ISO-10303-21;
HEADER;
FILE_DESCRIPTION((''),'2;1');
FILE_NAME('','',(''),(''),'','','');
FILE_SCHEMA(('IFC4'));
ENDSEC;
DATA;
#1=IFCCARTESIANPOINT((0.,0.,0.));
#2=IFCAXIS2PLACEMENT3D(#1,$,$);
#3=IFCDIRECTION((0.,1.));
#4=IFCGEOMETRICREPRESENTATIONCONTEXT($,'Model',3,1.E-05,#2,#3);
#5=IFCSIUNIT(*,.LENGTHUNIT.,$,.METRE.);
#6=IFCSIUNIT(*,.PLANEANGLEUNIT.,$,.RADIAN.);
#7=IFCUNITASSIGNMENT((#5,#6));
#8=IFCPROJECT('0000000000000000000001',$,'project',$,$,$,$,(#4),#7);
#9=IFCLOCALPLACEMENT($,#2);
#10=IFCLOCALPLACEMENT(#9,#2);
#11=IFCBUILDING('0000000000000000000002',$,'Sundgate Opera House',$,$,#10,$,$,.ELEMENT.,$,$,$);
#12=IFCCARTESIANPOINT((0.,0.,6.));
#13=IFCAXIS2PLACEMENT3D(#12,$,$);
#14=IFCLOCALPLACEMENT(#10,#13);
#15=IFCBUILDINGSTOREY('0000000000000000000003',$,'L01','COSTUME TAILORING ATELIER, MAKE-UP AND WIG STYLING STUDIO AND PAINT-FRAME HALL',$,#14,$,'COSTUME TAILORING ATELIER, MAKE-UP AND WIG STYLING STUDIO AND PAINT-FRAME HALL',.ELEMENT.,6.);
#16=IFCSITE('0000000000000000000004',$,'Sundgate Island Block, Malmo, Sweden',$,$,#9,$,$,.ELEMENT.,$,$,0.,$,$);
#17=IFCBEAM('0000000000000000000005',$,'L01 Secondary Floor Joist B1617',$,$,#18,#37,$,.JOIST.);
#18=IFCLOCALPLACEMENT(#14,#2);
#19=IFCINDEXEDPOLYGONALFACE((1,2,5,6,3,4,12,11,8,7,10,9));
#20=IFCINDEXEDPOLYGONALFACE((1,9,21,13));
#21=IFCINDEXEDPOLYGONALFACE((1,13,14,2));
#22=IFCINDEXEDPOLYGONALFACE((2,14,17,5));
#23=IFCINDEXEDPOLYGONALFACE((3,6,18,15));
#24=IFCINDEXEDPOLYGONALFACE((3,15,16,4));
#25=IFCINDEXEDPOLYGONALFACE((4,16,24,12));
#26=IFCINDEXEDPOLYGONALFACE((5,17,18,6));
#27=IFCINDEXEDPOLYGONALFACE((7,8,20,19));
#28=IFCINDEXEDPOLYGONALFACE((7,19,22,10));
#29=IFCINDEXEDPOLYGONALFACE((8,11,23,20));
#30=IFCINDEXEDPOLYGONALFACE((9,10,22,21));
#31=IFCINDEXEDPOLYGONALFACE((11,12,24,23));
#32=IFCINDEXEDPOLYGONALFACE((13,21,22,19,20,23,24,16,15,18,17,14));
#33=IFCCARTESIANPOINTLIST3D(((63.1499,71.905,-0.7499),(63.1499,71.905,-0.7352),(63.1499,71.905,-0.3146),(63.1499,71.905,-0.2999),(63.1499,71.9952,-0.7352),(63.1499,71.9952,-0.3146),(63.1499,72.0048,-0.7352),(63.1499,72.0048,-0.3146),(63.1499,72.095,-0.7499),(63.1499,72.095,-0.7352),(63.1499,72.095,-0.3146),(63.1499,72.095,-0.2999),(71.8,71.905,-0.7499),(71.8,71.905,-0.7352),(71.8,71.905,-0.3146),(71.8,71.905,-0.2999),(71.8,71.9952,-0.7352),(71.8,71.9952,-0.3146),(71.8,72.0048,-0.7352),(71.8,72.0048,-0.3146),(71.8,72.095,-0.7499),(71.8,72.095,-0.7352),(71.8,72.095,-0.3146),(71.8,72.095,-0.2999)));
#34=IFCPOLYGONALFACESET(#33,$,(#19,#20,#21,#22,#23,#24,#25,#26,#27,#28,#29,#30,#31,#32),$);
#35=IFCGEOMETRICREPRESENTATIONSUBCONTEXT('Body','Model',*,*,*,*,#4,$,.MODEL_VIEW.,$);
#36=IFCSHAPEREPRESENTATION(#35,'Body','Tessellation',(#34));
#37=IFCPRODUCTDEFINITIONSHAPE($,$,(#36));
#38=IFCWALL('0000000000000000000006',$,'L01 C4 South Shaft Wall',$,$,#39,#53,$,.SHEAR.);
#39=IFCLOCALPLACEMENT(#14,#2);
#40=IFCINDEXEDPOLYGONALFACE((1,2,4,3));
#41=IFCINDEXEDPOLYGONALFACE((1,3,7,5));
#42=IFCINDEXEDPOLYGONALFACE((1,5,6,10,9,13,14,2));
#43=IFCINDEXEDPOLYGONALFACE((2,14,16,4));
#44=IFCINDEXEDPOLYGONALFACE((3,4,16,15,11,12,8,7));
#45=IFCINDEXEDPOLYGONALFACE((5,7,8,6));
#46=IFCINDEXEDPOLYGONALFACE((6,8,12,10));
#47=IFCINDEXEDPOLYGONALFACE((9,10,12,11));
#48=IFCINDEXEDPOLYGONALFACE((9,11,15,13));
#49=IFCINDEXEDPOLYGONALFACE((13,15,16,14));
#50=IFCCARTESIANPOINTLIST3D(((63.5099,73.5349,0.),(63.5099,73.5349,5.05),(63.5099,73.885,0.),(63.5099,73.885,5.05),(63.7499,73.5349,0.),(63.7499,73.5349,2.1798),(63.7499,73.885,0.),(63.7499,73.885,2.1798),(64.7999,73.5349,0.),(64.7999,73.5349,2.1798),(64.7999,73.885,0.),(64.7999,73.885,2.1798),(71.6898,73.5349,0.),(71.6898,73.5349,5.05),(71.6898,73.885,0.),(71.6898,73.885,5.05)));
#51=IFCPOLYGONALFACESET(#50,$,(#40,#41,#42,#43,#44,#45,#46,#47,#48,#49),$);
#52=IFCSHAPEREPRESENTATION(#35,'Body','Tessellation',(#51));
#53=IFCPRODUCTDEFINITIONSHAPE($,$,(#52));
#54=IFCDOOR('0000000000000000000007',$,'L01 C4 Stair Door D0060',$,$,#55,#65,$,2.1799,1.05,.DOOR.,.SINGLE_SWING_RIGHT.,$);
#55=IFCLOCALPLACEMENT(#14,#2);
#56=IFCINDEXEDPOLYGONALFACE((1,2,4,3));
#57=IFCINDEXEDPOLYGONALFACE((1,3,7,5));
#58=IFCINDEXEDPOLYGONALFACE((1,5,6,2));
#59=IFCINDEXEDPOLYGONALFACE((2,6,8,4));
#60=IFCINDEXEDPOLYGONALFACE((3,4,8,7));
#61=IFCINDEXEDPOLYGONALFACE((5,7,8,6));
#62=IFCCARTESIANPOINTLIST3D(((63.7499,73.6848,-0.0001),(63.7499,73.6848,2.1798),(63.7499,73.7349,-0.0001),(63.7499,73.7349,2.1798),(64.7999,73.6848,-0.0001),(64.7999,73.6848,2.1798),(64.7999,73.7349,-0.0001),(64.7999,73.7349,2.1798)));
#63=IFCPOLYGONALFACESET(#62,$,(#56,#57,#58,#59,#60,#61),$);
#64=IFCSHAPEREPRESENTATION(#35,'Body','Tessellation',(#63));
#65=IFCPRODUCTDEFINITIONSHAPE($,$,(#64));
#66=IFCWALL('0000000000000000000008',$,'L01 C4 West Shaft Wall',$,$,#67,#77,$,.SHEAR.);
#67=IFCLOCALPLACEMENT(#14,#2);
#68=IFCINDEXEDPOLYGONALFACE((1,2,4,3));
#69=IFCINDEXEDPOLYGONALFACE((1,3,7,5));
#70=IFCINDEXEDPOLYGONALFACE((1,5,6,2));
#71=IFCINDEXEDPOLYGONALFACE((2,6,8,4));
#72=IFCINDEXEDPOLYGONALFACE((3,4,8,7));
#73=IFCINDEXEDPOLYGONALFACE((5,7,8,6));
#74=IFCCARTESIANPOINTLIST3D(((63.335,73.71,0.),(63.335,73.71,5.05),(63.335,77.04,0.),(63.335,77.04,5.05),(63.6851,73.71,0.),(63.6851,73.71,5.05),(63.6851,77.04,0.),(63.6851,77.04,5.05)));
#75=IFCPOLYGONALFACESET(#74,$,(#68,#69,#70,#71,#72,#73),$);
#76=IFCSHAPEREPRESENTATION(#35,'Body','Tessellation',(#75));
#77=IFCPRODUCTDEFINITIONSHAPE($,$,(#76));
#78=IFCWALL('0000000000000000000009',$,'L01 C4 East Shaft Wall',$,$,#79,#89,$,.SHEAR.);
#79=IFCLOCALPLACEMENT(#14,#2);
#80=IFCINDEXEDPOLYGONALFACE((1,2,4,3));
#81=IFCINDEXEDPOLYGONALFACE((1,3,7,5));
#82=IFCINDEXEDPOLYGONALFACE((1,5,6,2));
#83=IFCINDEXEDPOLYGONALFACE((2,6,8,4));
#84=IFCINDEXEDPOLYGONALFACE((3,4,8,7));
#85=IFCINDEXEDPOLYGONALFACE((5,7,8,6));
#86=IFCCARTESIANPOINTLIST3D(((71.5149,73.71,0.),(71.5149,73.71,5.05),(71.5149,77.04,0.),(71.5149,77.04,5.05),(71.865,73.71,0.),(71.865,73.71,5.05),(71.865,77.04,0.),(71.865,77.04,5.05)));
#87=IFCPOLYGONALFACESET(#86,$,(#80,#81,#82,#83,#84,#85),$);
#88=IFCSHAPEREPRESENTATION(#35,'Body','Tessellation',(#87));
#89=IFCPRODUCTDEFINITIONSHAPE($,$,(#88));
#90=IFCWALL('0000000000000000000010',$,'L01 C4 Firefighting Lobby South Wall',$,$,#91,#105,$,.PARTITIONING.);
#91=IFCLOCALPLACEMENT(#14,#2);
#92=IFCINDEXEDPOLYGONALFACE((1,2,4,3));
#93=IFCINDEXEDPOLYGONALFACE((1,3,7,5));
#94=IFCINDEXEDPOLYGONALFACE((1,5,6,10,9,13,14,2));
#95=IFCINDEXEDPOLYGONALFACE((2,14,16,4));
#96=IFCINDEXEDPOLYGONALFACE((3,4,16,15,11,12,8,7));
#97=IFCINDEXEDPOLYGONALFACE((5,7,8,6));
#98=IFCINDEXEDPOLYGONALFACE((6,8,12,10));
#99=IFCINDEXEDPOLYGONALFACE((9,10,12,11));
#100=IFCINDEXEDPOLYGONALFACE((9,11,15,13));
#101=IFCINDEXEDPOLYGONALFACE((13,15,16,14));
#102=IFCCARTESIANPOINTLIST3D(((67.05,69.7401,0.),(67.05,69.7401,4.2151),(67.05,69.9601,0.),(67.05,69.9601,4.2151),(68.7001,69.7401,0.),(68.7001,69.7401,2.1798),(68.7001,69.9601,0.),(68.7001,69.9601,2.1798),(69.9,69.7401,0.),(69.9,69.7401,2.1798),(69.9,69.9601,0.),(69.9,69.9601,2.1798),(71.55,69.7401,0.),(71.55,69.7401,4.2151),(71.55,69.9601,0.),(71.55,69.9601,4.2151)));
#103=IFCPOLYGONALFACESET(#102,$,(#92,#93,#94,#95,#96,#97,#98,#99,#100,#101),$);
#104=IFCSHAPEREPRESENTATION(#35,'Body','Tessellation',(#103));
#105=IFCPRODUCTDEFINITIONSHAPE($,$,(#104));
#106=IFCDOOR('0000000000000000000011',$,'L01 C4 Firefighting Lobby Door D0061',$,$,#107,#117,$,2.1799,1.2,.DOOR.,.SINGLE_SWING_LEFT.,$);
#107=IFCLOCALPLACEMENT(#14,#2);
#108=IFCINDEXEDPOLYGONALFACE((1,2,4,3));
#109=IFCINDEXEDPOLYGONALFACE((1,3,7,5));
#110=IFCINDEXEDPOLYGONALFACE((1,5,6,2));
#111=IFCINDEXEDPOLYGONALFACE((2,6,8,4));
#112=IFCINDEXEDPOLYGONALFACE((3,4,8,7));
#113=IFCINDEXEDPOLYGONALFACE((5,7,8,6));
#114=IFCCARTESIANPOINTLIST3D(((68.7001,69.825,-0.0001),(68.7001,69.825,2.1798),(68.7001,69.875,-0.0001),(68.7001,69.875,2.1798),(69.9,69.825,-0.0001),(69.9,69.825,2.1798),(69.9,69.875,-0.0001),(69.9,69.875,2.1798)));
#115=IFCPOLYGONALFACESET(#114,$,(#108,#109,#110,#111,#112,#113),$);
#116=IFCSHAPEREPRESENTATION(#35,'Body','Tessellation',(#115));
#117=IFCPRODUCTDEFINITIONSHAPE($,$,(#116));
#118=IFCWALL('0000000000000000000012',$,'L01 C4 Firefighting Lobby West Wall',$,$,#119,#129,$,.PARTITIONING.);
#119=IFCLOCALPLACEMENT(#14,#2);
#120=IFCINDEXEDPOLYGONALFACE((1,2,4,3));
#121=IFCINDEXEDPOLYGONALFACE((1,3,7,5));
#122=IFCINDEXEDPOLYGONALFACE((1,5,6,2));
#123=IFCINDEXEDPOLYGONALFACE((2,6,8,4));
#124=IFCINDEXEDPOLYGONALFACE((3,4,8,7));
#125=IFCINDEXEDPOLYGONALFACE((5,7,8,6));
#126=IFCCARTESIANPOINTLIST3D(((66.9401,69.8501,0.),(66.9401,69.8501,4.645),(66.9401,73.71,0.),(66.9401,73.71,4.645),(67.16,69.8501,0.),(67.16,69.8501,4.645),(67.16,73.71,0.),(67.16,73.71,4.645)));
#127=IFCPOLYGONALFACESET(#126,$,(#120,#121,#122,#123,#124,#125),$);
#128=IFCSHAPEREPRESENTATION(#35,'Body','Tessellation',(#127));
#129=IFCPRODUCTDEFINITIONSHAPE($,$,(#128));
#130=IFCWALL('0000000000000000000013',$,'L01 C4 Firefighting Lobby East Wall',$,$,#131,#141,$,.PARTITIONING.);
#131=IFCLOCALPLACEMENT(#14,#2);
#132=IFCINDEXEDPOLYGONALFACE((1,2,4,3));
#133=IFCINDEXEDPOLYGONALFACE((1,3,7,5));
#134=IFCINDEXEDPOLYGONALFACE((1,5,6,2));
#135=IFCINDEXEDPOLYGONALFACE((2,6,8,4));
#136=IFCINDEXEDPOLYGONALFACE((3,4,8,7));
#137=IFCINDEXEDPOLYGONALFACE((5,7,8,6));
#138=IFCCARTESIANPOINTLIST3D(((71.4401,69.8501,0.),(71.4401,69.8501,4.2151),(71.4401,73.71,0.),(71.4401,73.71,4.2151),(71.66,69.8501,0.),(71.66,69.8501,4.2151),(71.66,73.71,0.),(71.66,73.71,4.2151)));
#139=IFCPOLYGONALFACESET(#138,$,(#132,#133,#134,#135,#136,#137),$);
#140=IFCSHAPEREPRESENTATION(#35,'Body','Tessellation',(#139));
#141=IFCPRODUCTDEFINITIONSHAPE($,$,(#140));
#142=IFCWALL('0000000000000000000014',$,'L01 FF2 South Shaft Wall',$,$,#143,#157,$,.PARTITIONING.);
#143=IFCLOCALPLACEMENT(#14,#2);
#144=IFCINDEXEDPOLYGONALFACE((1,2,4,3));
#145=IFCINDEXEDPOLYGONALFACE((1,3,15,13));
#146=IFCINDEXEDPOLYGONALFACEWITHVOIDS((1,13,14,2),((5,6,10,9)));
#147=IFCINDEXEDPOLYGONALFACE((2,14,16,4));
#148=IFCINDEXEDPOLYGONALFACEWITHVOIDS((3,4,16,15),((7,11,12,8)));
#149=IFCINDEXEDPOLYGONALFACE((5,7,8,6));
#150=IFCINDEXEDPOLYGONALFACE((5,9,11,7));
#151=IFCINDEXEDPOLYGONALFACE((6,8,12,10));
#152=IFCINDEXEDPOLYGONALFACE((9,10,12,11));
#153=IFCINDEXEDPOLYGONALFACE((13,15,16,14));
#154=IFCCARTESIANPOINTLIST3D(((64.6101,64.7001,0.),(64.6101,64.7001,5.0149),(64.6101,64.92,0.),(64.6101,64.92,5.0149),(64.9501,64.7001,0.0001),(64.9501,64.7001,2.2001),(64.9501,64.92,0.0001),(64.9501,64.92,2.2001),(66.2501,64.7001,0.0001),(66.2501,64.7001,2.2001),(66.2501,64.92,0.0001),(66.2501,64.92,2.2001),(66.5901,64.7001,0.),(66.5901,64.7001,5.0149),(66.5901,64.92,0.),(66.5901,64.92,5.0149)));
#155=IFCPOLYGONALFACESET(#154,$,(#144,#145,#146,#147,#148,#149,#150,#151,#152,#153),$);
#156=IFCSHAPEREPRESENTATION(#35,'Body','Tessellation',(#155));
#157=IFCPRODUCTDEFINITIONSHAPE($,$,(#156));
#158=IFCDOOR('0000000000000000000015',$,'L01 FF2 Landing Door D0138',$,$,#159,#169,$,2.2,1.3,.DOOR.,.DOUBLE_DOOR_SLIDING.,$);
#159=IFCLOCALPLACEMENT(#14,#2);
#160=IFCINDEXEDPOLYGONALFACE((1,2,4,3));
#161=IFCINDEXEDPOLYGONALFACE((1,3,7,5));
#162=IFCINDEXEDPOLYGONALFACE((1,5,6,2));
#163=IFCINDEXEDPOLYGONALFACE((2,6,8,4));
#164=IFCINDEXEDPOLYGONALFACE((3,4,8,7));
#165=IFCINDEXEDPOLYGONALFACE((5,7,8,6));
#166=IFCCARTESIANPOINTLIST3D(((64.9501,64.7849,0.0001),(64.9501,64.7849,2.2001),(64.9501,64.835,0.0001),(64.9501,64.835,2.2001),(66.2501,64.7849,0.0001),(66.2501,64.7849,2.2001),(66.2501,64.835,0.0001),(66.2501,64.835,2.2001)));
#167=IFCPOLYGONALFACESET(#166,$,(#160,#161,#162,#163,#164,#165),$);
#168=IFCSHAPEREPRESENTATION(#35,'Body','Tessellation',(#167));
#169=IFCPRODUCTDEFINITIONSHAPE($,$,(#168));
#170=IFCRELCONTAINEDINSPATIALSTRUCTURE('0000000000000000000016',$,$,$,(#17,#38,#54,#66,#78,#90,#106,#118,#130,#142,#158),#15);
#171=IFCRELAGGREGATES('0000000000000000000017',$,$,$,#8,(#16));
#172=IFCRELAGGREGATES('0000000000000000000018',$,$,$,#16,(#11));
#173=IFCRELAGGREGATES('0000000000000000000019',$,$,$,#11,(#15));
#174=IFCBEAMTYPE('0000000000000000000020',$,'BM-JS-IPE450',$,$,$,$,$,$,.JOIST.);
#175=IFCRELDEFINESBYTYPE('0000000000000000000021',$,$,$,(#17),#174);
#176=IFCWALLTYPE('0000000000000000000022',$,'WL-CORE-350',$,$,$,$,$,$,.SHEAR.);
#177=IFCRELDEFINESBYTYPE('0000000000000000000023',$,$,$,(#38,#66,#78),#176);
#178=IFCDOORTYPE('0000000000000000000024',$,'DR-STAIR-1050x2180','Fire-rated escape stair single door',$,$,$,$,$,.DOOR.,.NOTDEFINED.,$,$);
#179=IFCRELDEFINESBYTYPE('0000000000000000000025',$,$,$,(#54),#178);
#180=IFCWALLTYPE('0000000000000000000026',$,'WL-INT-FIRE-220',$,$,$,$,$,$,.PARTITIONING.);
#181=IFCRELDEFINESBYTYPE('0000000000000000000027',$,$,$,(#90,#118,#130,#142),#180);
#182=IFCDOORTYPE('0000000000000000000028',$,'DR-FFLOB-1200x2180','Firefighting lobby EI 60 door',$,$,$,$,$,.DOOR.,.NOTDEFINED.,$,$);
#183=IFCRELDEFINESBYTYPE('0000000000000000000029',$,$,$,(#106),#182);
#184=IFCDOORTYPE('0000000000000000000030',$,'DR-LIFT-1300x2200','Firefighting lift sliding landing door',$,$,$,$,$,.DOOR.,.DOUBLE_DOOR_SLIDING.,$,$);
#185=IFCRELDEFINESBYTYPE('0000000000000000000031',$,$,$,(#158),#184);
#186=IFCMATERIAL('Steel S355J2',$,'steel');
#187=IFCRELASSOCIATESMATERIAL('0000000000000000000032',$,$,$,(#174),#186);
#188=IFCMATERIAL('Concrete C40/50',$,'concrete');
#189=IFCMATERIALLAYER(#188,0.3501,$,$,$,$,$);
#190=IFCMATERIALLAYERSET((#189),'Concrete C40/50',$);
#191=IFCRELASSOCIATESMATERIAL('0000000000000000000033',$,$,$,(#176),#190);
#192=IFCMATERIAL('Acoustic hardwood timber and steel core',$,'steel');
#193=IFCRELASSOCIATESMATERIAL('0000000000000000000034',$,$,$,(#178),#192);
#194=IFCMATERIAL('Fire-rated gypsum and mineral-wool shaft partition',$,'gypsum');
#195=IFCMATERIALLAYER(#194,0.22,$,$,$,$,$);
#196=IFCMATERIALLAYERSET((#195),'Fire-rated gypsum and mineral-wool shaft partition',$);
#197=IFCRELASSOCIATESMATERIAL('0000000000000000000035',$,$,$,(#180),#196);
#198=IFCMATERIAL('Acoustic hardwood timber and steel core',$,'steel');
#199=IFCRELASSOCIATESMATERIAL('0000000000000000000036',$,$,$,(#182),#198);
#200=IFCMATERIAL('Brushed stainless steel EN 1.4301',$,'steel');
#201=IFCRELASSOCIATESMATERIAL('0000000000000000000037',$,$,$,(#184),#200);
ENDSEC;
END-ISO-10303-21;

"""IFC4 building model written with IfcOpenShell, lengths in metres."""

from ifc_helpers import new_model, si_unit, direction, frame, frame_2d, origin, origin_2d, place, context, subcontext, project, spatial, rectangle, i_section, extrude, material, layer, layer_set, material_profile, profile_set, type_object, element, fill, save


model = new_model("IFC4")

# Units and contexts
model_context = context("Model", 3, precision=1e-05, world=origin(), true_north=direction((0.0, 1.0)))
body_context = subcontext(model_context, "Body", "Model", "MODEL_VIEW")
ifc_project = project(units=[si_unit("LENGTHUNIT", "METRE"), si_unit("PLANEANGLEUNIT", "RADIAN")], contexts=[model_context])

# Site, building, storey
site_placement = place(None, origin())
site = spatial("IfcSite", under=ifc_project, at=site_placement, Name="Sundgate Island Block, Malmo, Sweden", CompositionType="ELEMENT", RefElevation=0.0)
building_placement = place(site_placement, origin())
building = spatial("IfcBuilding", under=site, at=building_placement, Name="Sundgate Opera House", CompositionType="ELEMENT")
storey_placement = place(building_placement, frame((0.0, 0.0, 6.0)))
storey = spatial("IfcBuildingStorey", under=building, at=storey_placement, Name="L01", Description="COSTUME TAILORING ATELIER, MAKE-UP AND WIG STYLING STUDIO AND PAINT-FRAME HALL", LongName="COSTUME TAILORING ATELIER, MAKE-UP AND WIG STYLING STUDIO AND PAINT-FRAME HALL", CompositionType="ELEMENT", Elevation=6.0)

# Beam
ifc_material_1 = material(Name="Steel S355J2", Category="steel")
ifc_material_profile_1 = material_profile(ifc_material_1, i_section(OverallWidth=0.1899, OverallDepth=0.45, WebThickness=0.0095, FlangeThickness=0.0146, at=origin_2d()), Name="IPE 450")
ifc_profile_set_1 = profile_set([ifc_material_profile_1], Name="Steel S355J2")
beam_type_1 = type_object("IfcBeamType", Name="BM-JS-IPE450", PredefinedType="JOIST", material=ifc_profile_set_1)
beam_1_placement = place(storey_placement, frame((63.1499, 72.0, -0.5249), z_axis=(1.0, 0.0, 0.0), x_axis=(0.0, 1.0, 0.0)))
element("IfcBeam", 1, at=beam_1_placement, inside=storey, type_object=beam_type_1, Name="L01 Secondary Floor Joist B1617", PredefinedType="JOIST", context=body_context, shape_type="SweptSolid", body=[
    extrude(i_section(OverallWidth=0.1899, OverallDepth=0.45, WebThickness=0.0095, FlangeThickness=0.0146, at=origin_2d()), origin(), (0.0, 0.0, 1.0), 8.6501),
])

# Wall, opening, door
ifc_material_2 = material(Name="Concrete C40/50", Category="concrete")
ifc_layer_1 = layer(ifc_material_2, 0.3501)
ifc_layer_set_1 = layer_set([ifc_layer_1], Name="Concrete C40/50")
wall_type_1 = type_object("IfcWallType", Name="WL-CORE-350", PredefinedType="SHEAR", material=ifc_layer_set_1)
wall_1_placement = place(storey_placement, frame((63.51, 73.71, 0.0), z_axis=(0.0, 0.0, 1.0), x_axis=(1.0, 0.0, 0.0)))
wall_1 = element("IfcWall", 2, at=wall_1_placement, inside=storey, type_object=wall_type_1, Name="L01 C4 South Shaft Wall", PredefinedType="SHEAR", context=body_context, shape_type="SweptSolid", body=[
    extrude(rectangle(XDim=8.1799, YDim=0.3501, at=frame_2d((4.0898, 0.0))), origin(), (0.0, 0.0, 1.0), 5.05),
])
opening_1_placement = place(wall_1_placement, frame((0.24, 0.0, 0.0)))
opening_1 = element("IfcOpeningElement", 3, at=opening_1_placement, cuts=wall_1, PredefinedType="OPENING", context=body_context, shape_type="SweptSolid", body=[
    extrude(rectangle(XDim=1.05, YDim=2.1799, at=frame_2d((0.5249, 1.0898))), frame((0.0, 0.1851, 0.0), z_axis=(0.0, -1.0, 0.0), x_axis=(1.0, 0.0, 0.0)), (0.0, 0.0, 1.0), 0.3701),
])
ifc_material_3 = material(Name="Acoustic hardwood timber and steel core", Category="steel")
door_type_1 = type_object("IfcDoorType", Name="DR-STAIR-1050x2180", Description="Fire-rated escape stair single door", OperationType="NOTDEFINED", PredefinedType="DOOR", material=ifc_material_3)
door_1_placement = place(opening_1_placement, origin())
door_1 = element("IfcDoor", 4, at=door_1_placement, inside=storey, type_object=door_type_1, Name="L01 C4 Stair Door D0060", OperationType="SINGLE_SWING_RIGHT", OverallHeight=2.1799, OverallWidth=1.05, PredefinedType="DOOR", context=body_context, shape_type="SweptSolid", body=[
    extrude(rectangle(XDim=1.05, YDim=2.1799, at=frame_2d((0.5249, 1.0898))), frame((0.0, 0.0249, 0.0), z_axis=(0.0, -1.0, 0.0), x_axis=(1.0, 0.0, 0.0)), (0.0, 0.0, 1.0), 0.05),
])
fill(opening_1, door_1)

# Walls
for number, where, z_axis, x_axis, name in (
    (5, (63.51, 73.71, 0.0), (0.0, 0.0, 1.0), (0.0, 1.0, 0.0), "L01 C4 West Shaft Wall"),
    (6, (71.6899, 73.71, 0.0), (0.0, 0.0, 1.0), (0.0, 1.0, 0.0), "L01 C4 East Shaft Wall"),
):
    element("IfcWall", number, at=place(storey_placement, frame(where, z_axis=z_axis, x_axis=x_axis)), inside=storey, type_object=wall_type_1, Name=name, PredefinedType="SHEAR", context=body_context, shape_type="SweptSolid", body=[
        extrude(rectangle(XDim=3.3301, YDim=0.3501, at=frame_2d((1.665, 0.0))), origin(), (0.0, 0.0, 1.0), 5.05),
    ])

# Wall, opening, door
ifc_material_4 = material(Name="Fire-rated gypsum and mineral-wool shaft partition", Category="gypsum")
ifc_layer_2 = layer(ifc_material_4, 0.22)
ifc_layer_set_2 = layer_set([ifc_layer_2], Name="Fire-rated gypsum and mineral-wool shaft partition")
wall_type_2 = type_object("IfcWallType", Name="WL-INT-FIRE-220", PredefinedType="PARTITIONING", material=ifc_layer_set_2)
wall_2_placement = place(storey_placement, frame((67.05, 69.8501, 0.0), z_axis=(0.0, 0.0, 1.0), x_axis=(1.0, 0.0, 0.0)))
wall_2 = element("IfcWall", 7, at=wall_2_placement, inside=storey, type_object=wall_type_2, Name="L01 C4 Firefighting Lobby South Wall", PredefinedType="PARTITIONING", context=body_context, shape_type="SweptSolid", body=[
    extrude(rectangle(XDim=4.5, YDim=0.22, at=frame_2d((2.25, 0.0))), origin(), (0.0, 0.0, 1.0), 4.2151),
])
opening_2_placement = place(wall_2_placement, frame((1.6499, 0.0, 0.0)))
opening_2 = element("IfcOpeningElement", 8, at=opening_2_placement, cuts=wall_2, PredefinedType="OPENING", context=body_context, shape_type="SweptSolid", body=[
    extrude(rectangle(XDim=1.2, YDim=2.1799, at=frame_2d((0.6001, 1.0898))), frame((0.0, 0.1199, 0.0), z_axis=(0.0, -1.0, 0.0), x_axis=(1.0, 0.0, 0.0)), (0.0, 0.0, 1.0), 0.24),
])
ifc_material_5 = material(Name="Acoustic hardwood timber and steel core", Category="steel")
door_type_2 = type_object("IfcDoorType", Name="DR-FFLOB-1200x2180", Description="Firefighting lobby EI 60 door", OperationType="NOTDEFINED", PredefinedType="DOOR", material=ifc_material_5)
door_2_placement = place(opening_2_placement, origin())
door_2 = element("IfcDoor", 9, at=door_2_placement, inside=storey, type_object=door_type_2, Name="L01 C4 Firefighting Lobby Door D0061", OperationType="SINGLE_SWING_LEFT", OverallHeight=2.1799, OverallWidth=1.2, PredefinedType="DOOR", context=body_context, shape_type="SweptSolid", body=[
    extrude(rectangle(XDim=1.2, YDim=2.1799, at=frame_2d((0.6001, 1.0898))), frame((0.0, 0.0249, 0.0), z_axis=(0.0, -1.0, 0.0), x_axis=(1.0, 0.0, 0.0)), (0.0, 0.0, 1.0), 0.05),
])
fill(opening_2, door_2)

# Walls
wall_3_placement = place(storey_placement, frame((67.05, 69.8501, 0.0), z_axis=(0.0, 0.0, 1.0), x_axis=(0.0, 1.0, 0.0)))
element("IfcWall", 10, at=wall_3_placement, inside=storey, type_object=wall_type_2, Name="L01 C4 Firefighting Lobby West Wall", PredefinedType="PARTITIONING", context=body_context, shape_type="SweptSolid", body=[
    extrude(rectangle(XDim=3.8599, YDim=0.22, at=frame_2d((1.9299, 0.0))), origin(), (0.0, 0.0, 1.0), 4.645),
])
wall_4_placement = place(storey_placement, frame((71.55, 69.8501, 0.0), z_axis=(0.0, 0.0, 1.0), x_axis=(0.0, 1.0, 0.0)))
element("IfcWall", 11, at=wall_4_placement, inside=storey, type_object=wall_type_2, Name="L01 C4 Firefighting Lobby East Wall", PredefinedType="PARTITIONING", context=body_context, shape_type="SweptSolid", body=[
    extrude(rectangle(XDim=3.8599, YDim=0.22, at=frame_2d((1.9299, 0.0))), origin(), (0.0, 0.0, 1.0), 4.2151),
])

# Wall, opening, door
wall_5_placement = place(storey_placement, frame((64.6101, 64.8101, 0.0), z_axis=(0.0, 0.0, 1.0), x_axis=(1.0, 0.0, 0.0)))
wall_5 = element("IfcWall", 12, at=wall_5_placement, inside=storey, type_object=wall_type_2, Name="L01 FF2 South Shaft Wall", PredefinedType="PARTITIONING", context=body_context, shape_type="SweptSolid", body=[
    extrude(rectangle(XDim=1.98, YDim=0.22, at=frame_2d((0.99, 0.0))), origin(), (0.0, 0.0, 1.0), 5.0149),
])
opening_3_placement = place(wall_5_placement, frame((0.3401, 0.0, 0.0)))
opening_3 = element("IfcOpeningElement", 13, at=opening_3_placement, cuts=wall_5, PredefinedType="OPENING", context=body_context, shape_type="SweptSolid", body=[
    extrude(rectangle(XDim=1.3, YDim=2.2, at=frame_2d((0.6499, 1.1001))), frame((0.0, 0.1199, 0.0), z_axis=(0.0, -1.0, 0.0), x_axis=(1.0, 0.0, 0.0)), (0.0, 0.0, 1.0), 0.24),
])
ifc_material_6 = material(Name="Brushed stainless steel EN 1.4301", Category="steel")
door_type_3 = type_object("IfcDoorType", Name="DR-LIFT-1300x2200", Description="Firefighting lift sliding landing door", OperationType="DOUBLE_DOOR_SLIDING", PredefinedType="DOOR", material=ifc_material_6)
door_3_placement = place(opening_3_placement, origin())
door_3 = element("IfcDoor", 14, at=door_3_placement, inside=storey, type_object=door_type_3, Name="L01 FF2 Landing Door D0138", OperationType="DOUBLE_DOOR_SLIDING", OverallHeight=2.2, OverallWidth=1.3, PredefinedType="DOOR", context=body_context, shape_type="SweptSolid", body=[
    extrude(rectangle(XDim=1.3, YDim=2.2, at=frame_2d((0.6499, 1.1001))), frame((0.0, 0.0249, 0.0), z_axis=(0.0, -1.0, 0.0), x_axis=(1.0, 0.0, 0.0)), (0.0, 0.0, 1.0), 0.05),
])
fill(opening_3, door_3)

save(model, "model.ifc")
